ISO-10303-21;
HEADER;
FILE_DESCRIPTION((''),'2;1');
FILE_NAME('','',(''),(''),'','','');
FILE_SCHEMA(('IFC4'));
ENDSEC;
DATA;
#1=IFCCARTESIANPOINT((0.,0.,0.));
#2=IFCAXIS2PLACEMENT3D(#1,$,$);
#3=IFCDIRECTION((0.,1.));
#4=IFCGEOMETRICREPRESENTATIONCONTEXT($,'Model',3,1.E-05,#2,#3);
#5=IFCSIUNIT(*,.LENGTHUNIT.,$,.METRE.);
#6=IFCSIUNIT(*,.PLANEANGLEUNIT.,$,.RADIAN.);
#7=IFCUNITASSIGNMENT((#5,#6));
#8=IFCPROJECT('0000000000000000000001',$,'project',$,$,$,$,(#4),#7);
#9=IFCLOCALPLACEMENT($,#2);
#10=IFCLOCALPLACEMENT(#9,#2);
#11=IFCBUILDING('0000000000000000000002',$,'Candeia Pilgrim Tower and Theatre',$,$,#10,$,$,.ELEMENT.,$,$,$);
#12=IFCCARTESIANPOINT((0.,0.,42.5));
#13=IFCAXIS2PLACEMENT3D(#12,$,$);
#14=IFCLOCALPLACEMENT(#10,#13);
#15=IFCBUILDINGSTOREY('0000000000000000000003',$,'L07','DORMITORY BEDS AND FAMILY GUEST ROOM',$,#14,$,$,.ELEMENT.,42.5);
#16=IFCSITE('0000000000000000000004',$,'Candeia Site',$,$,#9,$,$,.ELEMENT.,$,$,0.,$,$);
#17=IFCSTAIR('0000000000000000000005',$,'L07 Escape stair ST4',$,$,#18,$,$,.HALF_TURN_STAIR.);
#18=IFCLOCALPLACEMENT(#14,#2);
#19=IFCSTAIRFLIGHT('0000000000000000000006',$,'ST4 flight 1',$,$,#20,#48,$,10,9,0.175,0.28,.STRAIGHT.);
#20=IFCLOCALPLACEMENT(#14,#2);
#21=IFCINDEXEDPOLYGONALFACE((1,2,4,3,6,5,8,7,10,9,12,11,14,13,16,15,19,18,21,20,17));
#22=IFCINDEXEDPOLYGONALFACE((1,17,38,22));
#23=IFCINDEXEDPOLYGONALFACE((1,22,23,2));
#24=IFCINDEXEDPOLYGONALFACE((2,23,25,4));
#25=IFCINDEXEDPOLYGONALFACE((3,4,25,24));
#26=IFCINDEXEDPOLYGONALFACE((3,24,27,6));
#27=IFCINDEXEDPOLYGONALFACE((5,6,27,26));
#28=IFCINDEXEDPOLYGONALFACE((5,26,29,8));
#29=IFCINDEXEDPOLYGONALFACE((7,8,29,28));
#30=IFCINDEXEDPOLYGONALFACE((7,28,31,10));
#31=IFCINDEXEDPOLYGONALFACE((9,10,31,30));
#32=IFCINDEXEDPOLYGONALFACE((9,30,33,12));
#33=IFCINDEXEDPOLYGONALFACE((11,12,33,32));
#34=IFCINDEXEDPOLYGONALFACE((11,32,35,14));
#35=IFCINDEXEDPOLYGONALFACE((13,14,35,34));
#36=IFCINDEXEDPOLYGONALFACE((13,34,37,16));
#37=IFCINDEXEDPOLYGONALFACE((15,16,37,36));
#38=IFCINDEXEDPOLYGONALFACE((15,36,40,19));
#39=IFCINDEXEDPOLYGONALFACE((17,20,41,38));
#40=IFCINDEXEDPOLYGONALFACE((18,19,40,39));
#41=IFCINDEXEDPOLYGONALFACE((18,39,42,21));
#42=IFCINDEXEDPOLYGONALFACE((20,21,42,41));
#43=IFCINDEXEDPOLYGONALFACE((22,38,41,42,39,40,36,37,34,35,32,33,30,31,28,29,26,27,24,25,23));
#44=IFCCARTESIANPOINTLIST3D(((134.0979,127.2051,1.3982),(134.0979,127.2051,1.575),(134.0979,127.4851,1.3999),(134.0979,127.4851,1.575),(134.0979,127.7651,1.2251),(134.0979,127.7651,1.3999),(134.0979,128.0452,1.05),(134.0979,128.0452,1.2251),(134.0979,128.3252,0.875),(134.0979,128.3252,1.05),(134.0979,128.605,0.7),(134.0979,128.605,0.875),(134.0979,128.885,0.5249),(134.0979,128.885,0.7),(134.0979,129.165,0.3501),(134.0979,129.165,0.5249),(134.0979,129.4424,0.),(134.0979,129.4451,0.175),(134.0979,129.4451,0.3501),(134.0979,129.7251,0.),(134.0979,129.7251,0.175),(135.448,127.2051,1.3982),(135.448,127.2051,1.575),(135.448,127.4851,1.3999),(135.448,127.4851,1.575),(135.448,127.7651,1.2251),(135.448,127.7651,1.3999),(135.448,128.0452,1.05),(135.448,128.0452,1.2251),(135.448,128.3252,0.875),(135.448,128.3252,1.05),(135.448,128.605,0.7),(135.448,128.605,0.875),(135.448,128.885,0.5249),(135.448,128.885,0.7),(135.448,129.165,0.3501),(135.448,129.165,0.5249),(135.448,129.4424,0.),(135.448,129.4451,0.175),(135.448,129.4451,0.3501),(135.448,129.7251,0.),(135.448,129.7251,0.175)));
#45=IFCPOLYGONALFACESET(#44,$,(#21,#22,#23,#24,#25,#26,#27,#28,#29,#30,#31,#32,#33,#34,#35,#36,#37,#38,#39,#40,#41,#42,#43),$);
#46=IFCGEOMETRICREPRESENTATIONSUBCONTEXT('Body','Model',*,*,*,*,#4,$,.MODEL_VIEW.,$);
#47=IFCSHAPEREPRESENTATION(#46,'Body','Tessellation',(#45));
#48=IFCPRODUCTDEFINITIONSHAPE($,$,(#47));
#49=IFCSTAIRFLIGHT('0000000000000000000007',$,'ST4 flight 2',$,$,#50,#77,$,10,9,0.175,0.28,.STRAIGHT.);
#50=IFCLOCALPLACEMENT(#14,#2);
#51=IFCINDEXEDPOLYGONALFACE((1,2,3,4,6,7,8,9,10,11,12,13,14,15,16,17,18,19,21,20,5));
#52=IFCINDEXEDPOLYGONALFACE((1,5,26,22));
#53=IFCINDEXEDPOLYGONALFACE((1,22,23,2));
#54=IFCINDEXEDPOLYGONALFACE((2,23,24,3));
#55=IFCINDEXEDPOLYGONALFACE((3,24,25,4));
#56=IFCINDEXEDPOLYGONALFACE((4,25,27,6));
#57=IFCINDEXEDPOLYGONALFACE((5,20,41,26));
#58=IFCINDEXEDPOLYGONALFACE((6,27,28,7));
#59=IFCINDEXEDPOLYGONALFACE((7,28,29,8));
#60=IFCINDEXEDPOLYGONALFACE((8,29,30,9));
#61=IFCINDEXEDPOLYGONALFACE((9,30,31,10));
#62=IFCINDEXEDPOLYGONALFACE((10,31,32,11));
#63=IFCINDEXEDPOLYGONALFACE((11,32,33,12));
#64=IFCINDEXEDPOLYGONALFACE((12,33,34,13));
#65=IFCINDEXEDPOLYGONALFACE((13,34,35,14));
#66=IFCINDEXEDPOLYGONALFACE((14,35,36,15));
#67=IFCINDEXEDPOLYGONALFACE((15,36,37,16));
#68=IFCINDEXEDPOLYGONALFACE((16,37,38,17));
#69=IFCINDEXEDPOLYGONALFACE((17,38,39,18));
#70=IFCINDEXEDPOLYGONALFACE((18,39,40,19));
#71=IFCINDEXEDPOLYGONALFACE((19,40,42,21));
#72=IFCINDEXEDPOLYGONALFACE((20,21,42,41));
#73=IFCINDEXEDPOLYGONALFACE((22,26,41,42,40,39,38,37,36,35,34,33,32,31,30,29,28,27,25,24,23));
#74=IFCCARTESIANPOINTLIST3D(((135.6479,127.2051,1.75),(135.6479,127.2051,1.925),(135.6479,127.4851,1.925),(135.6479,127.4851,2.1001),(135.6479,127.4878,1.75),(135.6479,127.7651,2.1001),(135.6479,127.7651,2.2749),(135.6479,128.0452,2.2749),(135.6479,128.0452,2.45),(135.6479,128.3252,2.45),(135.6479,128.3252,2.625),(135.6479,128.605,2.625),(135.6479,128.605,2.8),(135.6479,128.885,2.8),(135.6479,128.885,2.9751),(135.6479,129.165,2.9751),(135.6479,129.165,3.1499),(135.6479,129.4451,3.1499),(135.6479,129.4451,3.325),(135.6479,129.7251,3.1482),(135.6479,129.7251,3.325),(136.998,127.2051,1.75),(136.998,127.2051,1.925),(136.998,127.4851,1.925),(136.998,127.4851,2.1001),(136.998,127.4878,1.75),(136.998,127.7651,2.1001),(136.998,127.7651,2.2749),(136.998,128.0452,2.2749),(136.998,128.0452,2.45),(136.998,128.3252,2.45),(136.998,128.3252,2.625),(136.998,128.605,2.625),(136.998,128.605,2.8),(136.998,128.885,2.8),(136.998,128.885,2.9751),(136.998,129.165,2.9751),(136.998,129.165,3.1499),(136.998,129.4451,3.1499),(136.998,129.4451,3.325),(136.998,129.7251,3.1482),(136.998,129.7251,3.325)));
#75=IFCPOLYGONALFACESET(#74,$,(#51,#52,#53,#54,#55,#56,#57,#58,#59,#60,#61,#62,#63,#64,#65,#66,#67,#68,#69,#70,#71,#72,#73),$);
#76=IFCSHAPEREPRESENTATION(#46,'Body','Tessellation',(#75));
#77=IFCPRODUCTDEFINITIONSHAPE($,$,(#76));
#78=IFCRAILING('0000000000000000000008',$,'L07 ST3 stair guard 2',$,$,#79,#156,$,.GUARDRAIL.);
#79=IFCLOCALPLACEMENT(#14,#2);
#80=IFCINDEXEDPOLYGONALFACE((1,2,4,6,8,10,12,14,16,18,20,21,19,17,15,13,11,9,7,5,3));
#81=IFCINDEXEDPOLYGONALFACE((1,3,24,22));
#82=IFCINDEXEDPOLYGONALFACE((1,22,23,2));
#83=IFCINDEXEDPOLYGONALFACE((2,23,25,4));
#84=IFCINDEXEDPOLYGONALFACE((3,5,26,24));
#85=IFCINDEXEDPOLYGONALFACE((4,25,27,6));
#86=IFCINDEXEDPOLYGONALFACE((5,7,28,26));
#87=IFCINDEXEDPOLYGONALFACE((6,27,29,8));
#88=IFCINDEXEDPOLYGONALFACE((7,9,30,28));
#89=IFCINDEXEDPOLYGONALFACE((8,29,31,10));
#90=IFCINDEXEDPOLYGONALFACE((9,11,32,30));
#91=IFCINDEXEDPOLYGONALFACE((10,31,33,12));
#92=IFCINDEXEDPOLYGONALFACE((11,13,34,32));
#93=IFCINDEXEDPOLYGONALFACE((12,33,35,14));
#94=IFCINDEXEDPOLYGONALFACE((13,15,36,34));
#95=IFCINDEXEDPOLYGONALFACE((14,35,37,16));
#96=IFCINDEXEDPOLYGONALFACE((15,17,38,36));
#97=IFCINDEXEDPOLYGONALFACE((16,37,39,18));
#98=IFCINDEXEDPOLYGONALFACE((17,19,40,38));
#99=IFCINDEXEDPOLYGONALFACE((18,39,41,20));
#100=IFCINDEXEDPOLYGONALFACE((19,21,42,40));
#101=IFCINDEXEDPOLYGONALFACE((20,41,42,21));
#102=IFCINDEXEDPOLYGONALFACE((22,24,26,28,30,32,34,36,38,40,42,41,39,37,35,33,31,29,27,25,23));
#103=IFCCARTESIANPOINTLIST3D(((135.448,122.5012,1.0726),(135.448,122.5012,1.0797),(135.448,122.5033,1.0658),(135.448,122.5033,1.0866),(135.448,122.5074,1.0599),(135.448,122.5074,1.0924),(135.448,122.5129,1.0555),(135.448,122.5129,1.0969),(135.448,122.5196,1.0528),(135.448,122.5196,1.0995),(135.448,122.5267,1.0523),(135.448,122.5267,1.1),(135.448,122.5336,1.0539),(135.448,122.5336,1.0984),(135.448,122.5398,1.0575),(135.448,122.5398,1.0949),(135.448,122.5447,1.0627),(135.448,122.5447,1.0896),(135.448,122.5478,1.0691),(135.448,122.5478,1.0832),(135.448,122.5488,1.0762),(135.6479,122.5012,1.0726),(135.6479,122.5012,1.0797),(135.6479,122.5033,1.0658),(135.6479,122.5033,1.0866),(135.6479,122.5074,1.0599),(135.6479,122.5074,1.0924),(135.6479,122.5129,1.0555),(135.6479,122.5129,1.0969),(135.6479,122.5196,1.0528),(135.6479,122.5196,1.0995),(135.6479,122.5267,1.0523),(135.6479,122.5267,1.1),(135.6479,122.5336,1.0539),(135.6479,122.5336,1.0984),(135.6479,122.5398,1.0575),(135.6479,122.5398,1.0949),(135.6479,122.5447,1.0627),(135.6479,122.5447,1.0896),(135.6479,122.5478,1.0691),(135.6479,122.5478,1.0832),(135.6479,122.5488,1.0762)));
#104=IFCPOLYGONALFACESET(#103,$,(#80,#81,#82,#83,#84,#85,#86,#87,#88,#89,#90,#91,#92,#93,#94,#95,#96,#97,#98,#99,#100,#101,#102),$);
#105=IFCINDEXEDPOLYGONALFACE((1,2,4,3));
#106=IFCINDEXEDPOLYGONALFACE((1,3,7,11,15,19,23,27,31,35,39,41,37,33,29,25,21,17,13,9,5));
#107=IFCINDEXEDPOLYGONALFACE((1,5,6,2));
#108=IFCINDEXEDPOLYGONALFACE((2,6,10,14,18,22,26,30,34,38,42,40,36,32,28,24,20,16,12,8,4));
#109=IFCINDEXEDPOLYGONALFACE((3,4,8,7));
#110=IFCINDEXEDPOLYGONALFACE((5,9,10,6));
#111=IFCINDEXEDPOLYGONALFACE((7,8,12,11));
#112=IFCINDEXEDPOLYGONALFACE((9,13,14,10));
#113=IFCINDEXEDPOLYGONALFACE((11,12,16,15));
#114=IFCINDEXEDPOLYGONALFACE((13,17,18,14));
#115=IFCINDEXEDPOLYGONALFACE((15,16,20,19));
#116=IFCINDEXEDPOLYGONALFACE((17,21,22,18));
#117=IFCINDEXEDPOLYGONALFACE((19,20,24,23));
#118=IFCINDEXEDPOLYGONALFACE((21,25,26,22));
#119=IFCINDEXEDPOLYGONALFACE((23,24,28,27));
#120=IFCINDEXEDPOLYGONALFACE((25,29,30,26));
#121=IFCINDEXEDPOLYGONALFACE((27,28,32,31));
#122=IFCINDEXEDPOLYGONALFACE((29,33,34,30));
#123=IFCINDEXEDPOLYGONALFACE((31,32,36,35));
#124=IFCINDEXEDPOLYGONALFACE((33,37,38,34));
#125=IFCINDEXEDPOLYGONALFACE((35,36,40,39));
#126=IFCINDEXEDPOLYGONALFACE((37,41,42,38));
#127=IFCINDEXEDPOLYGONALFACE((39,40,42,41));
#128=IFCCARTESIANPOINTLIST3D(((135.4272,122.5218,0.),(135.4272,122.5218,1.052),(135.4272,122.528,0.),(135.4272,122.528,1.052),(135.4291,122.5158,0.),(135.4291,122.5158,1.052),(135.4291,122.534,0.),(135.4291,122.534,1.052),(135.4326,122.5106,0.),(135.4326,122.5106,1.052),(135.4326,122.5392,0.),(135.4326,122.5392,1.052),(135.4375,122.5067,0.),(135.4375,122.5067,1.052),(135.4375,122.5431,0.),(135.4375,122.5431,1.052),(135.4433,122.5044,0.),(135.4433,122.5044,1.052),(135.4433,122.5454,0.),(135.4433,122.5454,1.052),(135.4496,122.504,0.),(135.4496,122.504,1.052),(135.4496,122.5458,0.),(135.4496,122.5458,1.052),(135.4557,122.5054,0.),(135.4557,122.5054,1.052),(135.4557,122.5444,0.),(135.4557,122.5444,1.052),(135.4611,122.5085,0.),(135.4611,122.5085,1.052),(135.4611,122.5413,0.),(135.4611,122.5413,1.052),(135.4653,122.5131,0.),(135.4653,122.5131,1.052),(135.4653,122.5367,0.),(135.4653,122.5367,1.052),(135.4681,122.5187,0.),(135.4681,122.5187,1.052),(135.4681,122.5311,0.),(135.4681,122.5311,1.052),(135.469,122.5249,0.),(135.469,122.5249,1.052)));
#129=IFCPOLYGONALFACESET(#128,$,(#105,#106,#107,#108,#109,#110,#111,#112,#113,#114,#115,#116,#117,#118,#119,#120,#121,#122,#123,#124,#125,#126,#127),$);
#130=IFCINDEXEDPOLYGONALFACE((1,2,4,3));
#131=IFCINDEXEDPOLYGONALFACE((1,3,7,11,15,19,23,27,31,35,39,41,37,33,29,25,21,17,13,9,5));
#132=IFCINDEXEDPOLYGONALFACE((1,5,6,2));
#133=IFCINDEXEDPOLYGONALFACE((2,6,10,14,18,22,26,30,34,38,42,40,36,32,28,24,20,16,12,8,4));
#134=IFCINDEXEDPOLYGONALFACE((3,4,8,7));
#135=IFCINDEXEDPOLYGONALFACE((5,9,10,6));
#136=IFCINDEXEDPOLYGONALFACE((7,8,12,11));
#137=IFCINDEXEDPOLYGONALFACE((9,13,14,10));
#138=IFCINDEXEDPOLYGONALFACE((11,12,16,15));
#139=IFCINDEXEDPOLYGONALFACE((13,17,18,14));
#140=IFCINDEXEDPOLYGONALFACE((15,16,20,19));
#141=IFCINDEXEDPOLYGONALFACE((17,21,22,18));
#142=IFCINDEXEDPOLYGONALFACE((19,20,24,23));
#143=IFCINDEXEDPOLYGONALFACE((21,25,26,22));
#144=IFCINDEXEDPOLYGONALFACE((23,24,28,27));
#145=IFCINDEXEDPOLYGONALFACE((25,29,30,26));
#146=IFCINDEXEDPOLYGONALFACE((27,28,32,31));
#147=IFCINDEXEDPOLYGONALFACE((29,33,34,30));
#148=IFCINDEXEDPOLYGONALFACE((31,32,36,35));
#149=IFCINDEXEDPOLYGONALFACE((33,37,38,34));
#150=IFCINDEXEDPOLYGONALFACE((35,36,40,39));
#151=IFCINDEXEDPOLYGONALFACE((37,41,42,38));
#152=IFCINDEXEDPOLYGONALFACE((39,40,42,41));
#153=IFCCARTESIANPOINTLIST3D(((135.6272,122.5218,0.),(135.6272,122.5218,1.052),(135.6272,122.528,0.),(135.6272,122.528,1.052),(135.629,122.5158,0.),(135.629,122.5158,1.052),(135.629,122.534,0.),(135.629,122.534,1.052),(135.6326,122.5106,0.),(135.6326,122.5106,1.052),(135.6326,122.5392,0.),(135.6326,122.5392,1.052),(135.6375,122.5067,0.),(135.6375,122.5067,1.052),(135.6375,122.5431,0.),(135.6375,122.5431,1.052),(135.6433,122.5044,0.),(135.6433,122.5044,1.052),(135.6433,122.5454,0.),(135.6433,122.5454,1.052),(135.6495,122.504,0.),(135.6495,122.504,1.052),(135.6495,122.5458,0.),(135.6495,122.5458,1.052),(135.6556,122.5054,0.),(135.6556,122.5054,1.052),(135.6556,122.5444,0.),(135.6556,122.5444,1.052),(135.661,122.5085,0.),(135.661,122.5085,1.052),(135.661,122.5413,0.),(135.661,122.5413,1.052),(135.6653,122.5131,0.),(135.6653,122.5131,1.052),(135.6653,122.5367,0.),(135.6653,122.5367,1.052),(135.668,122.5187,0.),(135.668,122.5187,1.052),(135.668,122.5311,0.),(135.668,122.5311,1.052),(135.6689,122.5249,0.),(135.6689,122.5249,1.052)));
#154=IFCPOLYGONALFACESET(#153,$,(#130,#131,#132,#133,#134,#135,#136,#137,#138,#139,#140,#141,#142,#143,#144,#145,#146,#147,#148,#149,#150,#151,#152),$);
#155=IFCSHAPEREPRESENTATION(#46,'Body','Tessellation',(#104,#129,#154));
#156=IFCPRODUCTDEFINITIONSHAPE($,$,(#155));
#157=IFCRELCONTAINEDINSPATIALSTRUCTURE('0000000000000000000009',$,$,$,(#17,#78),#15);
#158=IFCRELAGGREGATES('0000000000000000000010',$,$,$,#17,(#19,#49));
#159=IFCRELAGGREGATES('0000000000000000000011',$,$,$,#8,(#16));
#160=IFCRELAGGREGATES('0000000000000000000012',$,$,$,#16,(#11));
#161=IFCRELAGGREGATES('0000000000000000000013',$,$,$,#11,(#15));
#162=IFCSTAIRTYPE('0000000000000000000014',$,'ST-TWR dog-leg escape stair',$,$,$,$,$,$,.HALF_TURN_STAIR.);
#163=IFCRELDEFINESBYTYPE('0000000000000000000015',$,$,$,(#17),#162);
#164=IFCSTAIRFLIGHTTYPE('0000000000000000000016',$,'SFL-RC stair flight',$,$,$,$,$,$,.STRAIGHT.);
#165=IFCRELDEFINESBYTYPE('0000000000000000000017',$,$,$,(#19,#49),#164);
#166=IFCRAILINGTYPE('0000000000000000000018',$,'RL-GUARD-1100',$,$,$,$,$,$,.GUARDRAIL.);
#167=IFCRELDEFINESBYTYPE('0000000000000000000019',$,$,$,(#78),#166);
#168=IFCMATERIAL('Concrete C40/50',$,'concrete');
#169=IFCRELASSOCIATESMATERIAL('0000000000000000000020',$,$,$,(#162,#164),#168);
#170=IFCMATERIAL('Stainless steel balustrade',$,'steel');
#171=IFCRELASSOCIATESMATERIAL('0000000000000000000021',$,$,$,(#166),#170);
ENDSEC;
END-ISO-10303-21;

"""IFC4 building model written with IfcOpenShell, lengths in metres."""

from ifc_helpers import new_model, si_unit, direction, frame, origin, origin_2d, place, context, subcontext, project, spatial, polyline, circle, outline, extrude, material, type_object, element, aggregate, save


model = new_model("IFC4")

# Units and contexts
model_context = context("Model", 3, precision=1e-05, world=origin(), true_north=direction((0.0, 1.0)))
body_context = subcontext(model_context, "Body", "Model", "MODEL_VIEW")
ifc_project = project(units=[si_unit("LENGTHUNIT", "METRE"), si_unit("PLANEANGLEUNIT", "RADIAN")], contexts=[model_context])

# Site, building, storey
site_placement = place(None, origin())
site = spatial("IfcSite", under=ifc_project, at=site_placement, Name="Candeia Site", CompositionType="ELEMENT", RefElevation=0.0)
building_placement = place(site_placement, origin())
building = spatial("IfcBuilding", under=site, at=building_placement, Name="Candeia Pilgrim Tower and Theatre", CompositionType="ELEMENT")
storey_placement = place(building_placement, frame((0.0, 0.0, 42.5)))
storey = spatial("IfcBuildingStorey", under=building, at=storey_placement, Name="L07", Description="DORMITORY BEDS AND FAMILY GUEST ROOM", CompositionType="ELEMENT", Elevation=42.5)

# Shared definitions
ifc_material_1 = material(Name="Concrete C40/50", Category="concrete")

# Stair, stair flights
stair_type = type_object("IfcStairType", Name="ST-TWR dog-leg escape stair", PredefinedType="HALF_TURN_STAIR", material=ifc_material_1)
stair_flight_type = type_object("IfcStairFlightType", Name="SFL-RC stair flight", PredefinedType="STRAIGHT", material=ifc_material_1)
stair_1_placement = place(storey_placement, origin())
stair_1 = element("IfcStair", 1, at=stair_1_placement, inside=storey, type_object=stair_type, Name="L07 Escape stair ST4", PredefinedType="HALF_TURN_STAIR")
stair_flight_1_placement = place(storey_placement, frame((134.7729, 129.7251, 0.0), z_axis=(0.0, 0.0, 1.0), x_axis=(0.0, -1.0, 0.0)))
stair_flight_1 = element("IfcStairFlight", 2, at=stair_flight_1_placement, type_object=stair_flight_type, Name="ST4 flight 1", NumberOfRisers=10, NumberOfTreads=9, PredefinedType="STRAIGHT", RiserHeight=0.175, TreadLength=0.28, context=body_context, shape_type="SweptSolid", body=[
    extrude(outline(polyline([(0.0, 0.0), (0.0, 0.175), (0.28, 0.175), (0.28, 0.3501), (0.5601, 0.3501), (0.5601, 0.5249), (0.8401, 0.5249), (0.8401, 0.7), (1.1201, 0.7), (1.1201, 0.875), (1.3999, 0.875), (1.3999, 1.05), (1.6799, 1.05), (1.6799, 1.2251), (1.96, 1.2251), (1.96, 1.3999), (2.24, 1.3999), (2.24, 1.575), (2.52, 1.575), (2.52, 1.75), (2.52, 1.3982), (0.2827, 0.0), (0.0, 0.0)])), frame((0.0, 0.675, 0.0), z_axis=(0.0, -1.0, 0.0), x_axis=(1.0, 0.0, 0.0)), (0.0, 0.0, 1.0), 1.3501),
])
stair_flight_2_placement = place(storey_placement, frame((136.323, 127.2051, 1.75), z_axis=(0.0, 0.0, 1.0), x_axis=(0.0, 1.0, 0.0)))
stair_flight_2 = element("IfcStairFlight", 3, at=stair_flight_2_placement, type_object=stair_flight_type, Name="ST4 flight 2", NumberOfRisers=10, NumberOfTreads=9, PredefinedType="STRAIGHT", RiserHeight=0.175, TreadLength=0.28, context=body_context, shape_type="SweptSolid", body=[
    extrude(outline(polyline([(0.0, 0.0), (0.0, 0.175), (0.28, 0.175), (0.28, 0.3501), (0.5601, 0.3501), (0.5601, 0.5249), (0.8401, 0.5249), (0.8401, 0.7), (1.1201, 0.7), (1.1201, 0.875), (1.3999, 0.875), (1.3999, 1.05), (1.6799, 1.05), (1.6799, 1.2251), (1.96, 1.2251), (1.96, 1.3999), (2.24, 1.3999), (2.24, 1.575), (2.52, 1.575), (2.52, 1.75), (2.52, 1.3982), (0.2827, 0.0), (0.0, 0.0)])), frame((0.0, 0.675, 0.0), z_axis=(0.0, -1.0, 0.0), x_axis=(1.0, 0.0, 0.0)), (0.0, 0.0, 1.0), 1.3501),
])
aggregate(stair_1, [stair_flight_1, stair_flight_2])

# Railing
ifc_material_2 = material(Name="Stainless steel balustrade", Category="steel")
railing_type_1 = type_object("IfcRailingType", Name="RL-GUARD-1100", PredefinedType="GUARDRAIL", material=ifc_material_2)
railing_1_placement = place(storey_placement, frame((135.448, 122.5249, 0.0)))
element("IfcRailing", 4, at=railing_1_placement, inside=storey, type_object=railing_type_1, Name="L07 ST3 stair guard 2", PredefinedType="GUARDRAIL", context=body_context, shape_type="SweptSolid", body=[
    extrude(circle(Radius=0.0239, at=origin_2d()), frame((0.0, 0.0, 1.0762), z_axis=(1.0, 0.0, 0.0), x_axis=(0.0, 1.0, 0.0)), (0.0, 0.0, 1.0), 0.2),
    extrude(circle(Radius=0.021, at=origin_2d()), origin(), (0.0, 0.0, 1.0), 1.052),
    extrude(circle(Radius=0.021, at=origin_2d()), frame((0.2, 0.0, 0.0)), (0.0, 0.0, 1.0), 1.052),
])

save(model, "model.ifc")
